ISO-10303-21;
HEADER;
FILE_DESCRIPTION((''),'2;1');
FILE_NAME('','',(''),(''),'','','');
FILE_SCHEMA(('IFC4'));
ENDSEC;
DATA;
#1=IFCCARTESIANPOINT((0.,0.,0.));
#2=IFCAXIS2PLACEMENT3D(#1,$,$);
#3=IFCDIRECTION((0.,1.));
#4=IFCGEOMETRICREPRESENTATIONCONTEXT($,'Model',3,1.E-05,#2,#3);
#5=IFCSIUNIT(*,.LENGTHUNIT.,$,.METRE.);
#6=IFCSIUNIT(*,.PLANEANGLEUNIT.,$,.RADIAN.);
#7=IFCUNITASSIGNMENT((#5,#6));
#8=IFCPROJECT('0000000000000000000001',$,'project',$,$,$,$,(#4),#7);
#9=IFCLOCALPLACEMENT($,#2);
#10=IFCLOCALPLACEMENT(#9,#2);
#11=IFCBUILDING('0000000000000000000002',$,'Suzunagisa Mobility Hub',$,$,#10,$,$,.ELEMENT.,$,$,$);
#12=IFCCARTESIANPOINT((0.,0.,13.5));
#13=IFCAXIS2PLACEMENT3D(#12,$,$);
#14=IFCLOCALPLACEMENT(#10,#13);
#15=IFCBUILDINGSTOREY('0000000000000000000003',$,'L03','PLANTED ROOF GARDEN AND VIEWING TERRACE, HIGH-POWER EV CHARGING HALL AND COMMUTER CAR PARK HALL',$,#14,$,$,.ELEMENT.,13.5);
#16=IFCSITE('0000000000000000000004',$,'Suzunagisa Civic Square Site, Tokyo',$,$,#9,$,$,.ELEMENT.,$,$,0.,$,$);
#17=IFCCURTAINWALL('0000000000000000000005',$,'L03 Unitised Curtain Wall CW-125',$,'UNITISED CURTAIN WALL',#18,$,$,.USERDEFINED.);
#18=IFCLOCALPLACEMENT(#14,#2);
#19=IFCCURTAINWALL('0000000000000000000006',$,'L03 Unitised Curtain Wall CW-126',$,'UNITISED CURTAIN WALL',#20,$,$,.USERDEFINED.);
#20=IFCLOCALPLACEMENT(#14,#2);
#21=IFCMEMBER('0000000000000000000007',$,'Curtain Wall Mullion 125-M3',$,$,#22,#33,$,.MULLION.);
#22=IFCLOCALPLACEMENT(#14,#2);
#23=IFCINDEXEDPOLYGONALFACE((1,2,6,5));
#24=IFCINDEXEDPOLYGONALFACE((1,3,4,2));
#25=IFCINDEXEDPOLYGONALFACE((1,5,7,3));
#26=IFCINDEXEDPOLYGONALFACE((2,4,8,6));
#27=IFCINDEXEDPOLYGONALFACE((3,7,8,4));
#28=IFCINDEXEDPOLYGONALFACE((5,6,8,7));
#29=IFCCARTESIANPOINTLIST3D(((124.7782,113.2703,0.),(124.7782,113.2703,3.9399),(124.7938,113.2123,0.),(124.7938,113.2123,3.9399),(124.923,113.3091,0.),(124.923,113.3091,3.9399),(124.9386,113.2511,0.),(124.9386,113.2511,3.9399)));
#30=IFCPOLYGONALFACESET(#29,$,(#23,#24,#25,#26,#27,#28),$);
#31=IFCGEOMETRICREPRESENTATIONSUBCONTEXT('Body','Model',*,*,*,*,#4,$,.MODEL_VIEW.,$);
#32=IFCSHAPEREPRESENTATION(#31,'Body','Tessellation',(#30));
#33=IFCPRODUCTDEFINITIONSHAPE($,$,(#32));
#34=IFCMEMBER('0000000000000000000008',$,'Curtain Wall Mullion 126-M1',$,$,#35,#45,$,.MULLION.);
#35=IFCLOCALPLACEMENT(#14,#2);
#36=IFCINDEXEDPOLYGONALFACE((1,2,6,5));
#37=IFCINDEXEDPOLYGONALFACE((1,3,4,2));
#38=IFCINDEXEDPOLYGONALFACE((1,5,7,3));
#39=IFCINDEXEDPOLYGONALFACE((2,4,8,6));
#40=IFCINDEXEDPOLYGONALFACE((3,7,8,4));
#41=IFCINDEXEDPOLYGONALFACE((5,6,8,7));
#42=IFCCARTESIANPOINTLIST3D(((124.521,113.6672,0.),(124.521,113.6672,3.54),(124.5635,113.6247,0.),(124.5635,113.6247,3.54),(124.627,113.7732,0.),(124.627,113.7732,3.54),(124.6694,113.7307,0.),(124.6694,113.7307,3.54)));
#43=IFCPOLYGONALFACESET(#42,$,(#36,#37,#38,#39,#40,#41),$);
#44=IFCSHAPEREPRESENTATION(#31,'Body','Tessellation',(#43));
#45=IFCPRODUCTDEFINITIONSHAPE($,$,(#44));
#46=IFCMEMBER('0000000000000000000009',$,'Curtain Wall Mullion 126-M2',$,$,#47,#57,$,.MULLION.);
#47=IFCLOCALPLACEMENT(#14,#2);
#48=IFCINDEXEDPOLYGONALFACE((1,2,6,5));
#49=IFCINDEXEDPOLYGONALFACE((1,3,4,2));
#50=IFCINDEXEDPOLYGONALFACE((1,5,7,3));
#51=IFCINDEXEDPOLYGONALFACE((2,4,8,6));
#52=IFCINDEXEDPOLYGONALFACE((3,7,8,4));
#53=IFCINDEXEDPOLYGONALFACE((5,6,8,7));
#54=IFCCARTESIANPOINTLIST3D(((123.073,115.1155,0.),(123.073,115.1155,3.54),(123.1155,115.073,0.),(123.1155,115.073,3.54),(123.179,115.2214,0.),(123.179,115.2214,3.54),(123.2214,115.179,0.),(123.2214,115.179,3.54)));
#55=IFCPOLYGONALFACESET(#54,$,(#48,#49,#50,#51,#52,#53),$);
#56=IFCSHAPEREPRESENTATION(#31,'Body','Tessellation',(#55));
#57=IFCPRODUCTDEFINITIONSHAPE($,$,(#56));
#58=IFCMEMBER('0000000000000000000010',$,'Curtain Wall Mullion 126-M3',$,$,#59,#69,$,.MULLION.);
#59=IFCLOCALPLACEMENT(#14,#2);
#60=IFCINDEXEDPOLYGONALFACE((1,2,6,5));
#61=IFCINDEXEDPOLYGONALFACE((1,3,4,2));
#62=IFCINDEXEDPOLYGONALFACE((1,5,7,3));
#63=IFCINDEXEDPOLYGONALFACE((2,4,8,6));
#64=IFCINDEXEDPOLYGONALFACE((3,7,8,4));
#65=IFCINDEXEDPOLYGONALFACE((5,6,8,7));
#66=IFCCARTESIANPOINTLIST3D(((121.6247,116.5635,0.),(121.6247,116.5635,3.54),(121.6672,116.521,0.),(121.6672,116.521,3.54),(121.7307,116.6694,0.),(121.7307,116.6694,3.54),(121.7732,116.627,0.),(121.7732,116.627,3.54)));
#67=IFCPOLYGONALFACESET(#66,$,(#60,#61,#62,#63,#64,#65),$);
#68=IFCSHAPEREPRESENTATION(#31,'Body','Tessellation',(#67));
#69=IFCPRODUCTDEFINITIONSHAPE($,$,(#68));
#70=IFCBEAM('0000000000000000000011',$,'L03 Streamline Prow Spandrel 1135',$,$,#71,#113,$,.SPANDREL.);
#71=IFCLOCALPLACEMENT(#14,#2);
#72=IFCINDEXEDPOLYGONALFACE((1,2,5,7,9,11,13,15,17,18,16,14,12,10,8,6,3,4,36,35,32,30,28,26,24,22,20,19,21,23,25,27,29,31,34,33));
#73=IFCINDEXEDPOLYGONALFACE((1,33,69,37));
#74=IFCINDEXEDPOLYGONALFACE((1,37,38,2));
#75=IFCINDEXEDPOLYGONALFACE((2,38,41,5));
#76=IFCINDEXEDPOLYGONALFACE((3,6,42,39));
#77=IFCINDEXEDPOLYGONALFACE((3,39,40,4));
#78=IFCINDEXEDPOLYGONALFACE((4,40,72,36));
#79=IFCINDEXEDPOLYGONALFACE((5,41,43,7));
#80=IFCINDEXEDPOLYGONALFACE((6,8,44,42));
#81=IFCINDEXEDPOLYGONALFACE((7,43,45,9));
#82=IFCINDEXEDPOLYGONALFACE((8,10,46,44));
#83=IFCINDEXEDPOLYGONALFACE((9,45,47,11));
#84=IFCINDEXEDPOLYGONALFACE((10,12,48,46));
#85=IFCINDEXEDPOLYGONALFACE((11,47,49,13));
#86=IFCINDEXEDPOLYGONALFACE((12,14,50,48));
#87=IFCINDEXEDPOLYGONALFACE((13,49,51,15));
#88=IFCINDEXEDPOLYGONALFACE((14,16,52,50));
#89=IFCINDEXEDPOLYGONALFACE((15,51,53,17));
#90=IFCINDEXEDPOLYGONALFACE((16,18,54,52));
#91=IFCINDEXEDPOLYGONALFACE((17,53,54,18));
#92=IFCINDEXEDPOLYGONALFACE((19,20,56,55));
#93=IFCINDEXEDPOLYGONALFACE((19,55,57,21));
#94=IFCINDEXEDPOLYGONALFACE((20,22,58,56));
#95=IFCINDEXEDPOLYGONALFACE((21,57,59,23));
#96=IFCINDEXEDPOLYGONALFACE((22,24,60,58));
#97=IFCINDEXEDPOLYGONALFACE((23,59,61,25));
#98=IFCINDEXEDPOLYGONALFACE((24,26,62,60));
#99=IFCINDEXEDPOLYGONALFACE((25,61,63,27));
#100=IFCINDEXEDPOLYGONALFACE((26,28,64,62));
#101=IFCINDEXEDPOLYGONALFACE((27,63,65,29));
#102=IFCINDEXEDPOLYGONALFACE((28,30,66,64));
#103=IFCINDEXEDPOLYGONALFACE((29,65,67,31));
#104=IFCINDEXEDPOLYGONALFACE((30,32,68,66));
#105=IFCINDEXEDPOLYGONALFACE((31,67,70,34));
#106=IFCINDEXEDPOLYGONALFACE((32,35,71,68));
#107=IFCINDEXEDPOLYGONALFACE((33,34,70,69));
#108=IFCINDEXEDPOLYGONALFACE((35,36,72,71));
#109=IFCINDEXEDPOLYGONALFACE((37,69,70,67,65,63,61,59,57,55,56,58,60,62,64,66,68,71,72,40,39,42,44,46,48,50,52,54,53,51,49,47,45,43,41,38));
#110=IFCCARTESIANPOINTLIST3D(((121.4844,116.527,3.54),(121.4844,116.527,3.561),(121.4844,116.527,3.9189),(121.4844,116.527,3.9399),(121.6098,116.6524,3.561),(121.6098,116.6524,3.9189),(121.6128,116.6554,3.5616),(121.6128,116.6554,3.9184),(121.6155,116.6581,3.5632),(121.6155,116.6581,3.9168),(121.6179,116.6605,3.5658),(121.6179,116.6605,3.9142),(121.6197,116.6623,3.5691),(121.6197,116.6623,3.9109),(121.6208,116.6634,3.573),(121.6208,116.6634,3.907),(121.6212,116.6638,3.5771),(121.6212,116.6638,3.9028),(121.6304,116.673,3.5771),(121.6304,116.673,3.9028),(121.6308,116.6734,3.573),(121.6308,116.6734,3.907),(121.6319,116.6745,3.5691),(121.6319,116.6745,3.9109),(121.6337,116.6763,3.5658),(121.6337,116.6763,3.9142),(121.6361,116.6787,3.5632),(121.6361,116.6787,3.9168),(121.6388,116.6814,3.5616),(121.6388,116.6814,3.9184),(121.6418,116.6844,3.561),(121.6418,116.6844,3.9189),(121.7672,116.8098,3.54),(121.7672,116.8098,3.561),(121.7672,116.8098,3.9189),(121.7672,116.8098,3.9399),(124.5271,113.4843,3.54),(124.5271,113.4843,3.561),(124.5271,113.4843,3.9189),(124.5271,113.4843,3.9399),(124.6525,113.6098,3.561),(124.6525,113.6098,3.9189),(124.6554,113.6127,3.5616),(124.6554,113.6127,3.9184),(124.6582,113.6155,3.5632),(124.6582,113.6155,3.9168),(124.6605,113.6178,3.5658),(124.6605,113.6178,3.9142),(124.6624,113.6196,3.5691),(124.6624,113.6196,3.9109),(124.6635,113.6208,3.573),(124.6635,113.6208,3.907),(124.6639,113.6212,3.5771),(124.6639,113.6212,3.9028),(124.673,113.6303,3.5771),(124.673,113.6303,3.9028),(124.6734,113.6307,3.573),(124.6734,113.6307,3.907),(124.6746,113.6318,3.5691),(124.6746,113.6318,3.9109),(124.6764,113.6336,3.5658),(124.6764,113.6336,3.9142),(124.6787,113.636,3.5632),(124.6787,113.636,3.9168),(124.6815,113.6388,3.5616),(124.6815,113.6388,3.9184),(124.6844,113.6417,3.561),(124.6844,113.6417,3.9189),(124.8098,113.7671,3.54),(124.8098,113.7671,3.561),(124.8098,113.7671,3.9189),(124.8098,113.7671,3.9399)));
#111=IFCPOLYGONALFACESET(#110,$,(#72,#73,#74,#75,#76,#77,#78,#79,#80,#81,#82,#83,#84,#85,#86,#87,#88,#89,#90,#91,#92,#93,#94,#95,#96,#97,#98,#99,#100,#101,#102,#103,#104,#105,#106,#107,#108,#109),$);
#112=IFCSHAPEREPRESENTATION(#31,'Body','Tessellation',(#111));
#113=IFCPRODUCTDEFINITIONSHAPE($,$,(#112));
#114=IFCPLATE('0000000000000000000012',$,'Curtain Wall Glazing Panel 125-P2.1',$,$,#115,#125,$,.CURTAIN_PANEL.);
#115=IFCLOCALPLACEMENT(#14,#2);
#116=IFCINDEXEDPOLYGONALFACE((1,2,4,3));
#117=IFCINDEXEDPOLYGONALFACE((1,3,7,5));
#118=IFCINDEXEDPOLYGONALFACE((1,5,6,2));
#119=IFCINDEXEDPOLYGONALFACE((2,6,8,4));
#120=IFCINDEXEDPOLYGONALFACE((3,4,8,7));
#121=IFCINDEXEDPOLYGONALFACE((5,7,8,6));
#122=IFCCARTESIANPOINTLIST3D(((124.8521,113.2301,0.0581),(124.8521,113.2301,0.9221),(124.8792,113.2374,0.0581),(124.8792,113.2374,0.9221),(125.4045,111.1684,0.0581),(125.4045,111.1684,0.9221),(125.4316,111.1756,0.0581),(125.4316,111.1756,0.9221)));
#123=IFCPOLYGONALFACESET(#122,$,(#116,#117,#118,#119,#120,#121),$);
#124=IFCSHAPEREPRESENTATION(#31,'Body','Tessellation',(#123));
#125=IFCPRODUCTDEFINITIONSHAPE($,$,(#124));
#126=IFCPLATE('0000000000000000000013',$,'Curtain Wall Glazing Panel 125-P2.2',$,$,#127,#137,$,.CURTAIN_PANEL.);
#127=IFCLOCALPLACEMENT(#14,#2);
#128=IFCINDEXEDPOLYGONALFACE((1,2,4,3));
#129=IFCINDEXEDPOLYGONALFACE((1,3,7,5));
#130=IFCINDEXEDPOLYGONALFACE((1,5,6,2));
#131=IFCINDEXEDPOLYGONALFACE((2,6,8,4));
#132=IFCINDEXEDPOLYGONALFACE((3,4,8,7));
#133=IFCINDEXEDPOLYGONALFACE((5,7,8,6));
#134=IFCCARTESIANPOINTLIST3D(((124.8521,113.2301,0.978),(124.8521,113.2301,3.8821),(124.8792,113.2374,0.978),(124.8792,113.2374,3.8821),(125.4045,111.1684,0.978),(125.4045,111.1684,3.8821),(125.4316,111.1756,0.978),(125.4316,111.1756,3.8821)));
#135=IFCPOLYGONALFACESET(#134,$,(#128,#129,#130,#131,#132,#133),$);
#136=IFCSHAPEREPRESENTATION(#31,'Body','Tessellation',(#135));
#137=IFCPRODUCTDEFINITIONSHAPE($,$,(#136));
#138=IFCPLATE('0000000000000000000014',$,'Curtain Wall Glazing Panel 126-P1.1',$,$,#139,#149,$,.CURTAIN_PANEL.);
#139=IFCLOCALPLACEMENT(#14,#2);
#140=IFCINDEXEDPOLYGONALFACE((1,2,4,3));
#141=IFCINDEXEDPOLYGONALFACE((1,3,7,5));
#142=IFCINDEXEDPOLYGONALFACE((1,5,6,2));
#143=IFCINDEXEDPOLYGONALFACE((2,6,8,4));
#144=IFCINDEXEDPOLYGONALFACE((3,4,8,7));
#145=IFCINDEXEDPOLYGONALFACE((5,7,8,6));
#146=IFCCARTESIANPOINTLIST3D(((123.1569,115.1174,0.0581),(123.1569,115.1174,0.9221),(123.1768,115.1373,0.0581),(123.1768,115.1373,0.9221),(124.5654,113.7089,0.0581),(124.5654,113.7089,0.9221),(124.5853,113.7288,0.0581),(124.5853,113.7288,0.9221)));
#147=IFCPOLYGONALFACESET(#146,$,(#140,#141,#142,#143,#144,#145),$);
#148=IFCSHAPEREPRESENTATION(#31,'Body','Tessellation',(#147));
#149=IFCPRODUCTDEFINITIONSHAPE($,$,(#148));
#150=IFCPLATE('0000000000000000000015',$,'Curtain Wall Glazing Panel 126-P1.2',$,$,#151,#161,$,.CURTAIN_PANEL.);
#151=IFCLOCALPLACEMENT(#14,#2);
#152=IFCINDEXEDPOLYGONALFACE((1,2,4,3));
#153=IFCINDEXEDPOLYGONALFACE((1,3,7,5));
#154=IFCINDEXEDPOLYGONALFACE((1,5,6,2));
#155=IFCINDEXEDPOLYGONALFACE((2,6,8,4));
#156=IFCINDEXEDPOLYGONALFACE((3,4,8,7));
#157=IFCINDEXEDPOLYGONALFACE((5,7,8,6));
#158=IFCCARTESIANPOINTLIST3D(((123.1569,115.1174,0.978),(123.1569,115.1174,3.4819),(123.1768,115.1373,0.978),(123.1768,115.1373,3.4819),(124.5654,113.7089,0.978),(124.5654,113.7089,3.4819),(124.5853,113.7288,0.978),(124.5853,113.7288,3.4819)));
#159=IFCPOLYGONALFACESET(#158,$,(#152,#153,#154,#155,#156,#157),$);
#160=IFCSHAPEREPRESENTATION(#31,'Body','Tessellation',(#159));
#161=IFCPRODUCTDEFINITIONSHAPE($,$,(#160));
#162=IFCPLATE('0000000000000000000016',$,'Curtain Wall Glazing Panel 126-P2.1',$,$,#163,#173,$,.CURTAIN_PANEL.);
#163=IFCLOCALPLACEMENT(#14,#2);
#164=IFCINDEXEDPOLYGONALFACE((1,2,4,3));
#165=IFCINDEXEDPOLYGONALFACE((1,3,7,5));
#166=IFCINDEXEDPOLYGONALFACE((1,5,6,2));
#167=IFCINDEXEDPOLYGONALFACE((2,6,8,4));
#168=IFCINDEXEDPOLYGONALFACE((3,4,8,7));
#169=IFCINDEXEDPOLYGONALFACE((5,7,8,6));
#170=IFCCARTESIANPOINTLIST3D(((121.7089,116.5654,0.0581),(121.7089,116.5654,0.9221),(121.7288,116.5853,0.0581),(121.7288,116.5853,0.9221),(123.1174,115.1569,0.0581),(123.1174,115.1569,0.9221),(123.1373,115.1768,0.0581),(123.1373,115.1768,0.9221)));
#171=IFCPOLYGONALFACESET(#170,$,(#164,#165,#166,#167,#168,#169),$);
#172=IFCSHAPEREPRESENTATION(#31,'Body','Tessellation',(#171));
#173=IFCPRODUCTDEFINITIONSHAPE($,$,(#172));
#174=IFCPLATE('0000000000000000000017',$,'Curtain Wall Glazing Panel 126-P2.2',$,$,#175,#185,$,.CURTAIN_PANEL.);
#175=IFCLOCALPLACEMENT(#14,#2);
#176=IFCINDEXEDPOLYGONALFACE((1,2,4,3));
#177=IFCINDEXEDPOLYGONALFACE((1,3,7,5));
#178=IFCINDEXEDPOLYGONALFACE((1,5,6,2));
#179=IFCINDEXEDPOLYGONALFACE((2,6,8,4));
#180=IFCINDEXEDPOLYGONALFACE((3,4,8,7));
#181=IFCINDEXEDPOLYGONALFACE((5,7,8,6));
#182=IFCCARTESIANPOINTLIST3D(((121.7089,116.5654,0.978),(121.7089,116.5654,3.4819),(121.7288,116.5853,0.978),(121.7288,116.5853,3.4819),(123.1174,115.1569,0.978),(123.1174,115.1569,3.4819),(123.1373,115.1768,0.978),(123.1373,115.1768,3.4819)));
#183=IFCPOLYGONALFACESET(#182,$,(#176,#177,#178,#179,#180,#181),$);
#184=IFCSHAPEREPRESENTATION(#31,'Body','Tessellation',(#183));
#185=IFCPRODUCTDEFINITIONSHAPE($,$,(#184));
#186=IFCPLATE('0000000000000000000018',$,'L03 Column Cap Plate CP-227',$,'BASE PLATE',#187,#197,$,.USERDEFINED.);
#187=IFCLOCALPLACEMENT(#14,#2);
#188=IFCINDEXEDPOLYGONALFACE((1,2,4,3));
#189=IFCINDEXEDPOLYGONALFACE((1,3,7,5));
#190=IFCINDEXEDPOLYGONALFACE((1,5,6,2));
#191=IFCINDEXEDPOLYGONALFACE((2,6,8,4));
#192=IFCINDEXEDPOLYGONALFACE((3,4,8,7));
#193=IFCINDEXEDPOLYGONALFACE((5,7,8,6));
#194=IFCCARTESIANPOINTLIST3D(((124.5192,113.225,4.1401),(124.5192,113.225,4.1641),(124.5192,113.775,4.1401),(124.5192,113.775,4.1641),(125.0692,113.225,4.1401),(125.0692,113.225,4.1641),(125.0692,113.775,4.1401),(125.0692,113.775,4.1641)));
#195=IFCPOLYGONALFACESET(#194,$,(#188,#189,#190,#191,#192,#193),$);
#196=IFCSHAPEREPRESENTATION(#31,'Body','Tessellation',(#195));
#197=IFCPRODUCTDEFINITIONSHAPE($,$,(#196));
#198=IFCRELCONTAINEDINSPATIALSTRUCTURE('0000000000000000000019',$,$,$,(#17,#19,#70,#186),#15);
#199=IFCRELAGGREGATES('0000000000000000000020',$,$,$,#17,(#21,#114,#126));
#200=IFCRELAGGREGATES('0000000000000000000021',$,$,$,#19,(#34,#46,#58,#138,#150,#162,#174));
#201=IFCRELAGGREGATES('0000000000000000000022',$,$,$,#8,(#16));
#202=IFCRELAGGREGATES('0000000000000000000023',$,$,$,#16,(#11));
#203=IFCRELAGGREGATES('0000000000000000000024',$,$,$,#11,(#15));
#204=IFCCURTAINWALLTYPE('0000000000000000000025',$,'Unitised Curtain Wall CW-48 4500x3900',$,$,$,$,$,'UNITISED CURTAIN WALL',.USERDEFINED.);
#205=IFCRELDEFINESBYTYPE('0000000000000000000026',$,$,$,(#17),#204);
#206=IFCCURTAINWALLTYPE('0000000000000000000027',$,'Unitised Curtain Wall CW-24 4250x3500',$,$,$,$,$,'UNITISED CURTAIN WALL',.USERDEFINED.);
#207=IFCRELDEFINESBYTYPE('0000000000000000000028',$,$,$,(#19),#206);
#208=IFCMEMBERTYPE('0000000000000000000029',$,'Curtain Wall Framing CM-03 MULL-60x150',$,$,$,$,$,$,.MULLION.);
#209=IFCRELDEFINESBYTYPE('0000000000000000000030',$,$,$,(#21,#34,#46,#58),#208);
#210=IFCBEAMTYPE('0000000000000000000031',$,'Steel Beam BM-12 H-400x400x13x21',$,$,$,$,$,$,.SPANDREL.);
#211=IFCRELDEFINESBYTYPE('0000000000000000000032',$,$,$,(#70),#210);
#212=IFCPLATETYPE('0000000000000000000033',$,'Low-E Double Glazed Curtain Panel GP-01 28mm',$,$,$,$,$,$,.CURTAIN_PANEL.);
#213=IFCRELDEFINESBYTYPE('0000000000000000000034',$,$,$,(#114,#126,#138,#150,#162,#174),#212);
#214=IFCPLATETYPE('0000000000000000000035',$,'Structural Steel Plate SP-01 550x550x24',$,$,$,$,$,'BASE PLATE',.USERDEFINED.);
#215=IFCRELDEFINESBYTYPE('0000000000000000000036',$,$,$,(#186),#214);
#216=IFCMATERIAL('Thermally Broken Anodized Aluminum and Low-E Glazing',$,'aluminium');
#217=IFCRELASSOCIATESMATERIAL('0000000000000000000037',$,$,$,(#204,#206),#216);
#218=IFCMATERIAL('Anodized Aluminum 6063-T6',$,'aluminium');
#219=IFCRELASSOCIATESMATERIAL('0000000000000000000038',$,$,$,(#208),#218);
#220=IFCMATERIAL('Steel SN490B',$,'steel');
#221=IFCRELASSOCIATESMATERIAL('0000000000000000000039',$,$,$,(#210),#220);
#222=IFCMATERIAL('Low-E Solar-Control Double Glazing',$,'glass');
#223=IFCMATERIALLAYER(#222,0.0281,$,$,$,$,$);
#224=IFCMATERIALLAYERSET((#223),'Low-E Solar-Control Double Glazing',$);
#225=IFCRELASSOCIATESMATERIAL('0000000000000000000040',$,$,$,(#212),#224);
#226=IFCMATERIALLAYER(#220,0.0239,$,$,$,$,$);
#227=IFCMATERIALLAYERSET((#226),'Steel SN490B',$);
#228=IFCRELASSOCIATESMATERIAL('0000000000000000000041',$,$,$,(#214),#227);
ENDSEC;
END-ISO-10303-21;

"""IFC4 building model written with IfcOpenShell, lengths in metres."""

from ifc_helpers import new_model, si_unit, direction, frame, origin, origin_2d, place, context, subcontext, project, spatial, rectangle, i_section, extrude, material, layer, layer_set, material_profile, profile_set, type_object, element, aggregate, save


model = new_model("IFC4")

# Units and contexts
model_context = context("Model", 3, precision=1e-05, world=origin(), true_north=direction((0.0, 1.0)))
body_context = subcontext(model_context, "Body", "Model", "MODEL_VIEW")
ifc_project = project(units=[si_unit("LENGTHUNIT", "METRE"), si_unit("PLANEANGLEUNIT", "RADIAN")], contexts=[model_context])

# Site, building, storey
site_placement = place(None, origin())
site = spatial("IfcSite", under=ifc_project, at=site_placement, Name="Suzunagisa Civic Square Site, Tokyo", CompositionType="ELEMENT", RefElevation=0.0)
building_placement = place(site_placement, origin())
building = spatial("IfcBuilding", under=site, at=building_placement, Name="Suzunagisa Mobility Hub", CompositionType="ELEMENT")
storey_placement = place(building_placement, frame((0.0, 0.0, 13.5)))
storey = spatial("IfcBuildingStorey", under=building, at=storey_placement, Name="L03", Description="PLANTED ROOF GARDEN AND VIEWING TERRACE, HIGH-POWER EV CHARGING HALL AND COMMUTER CAR PARK HALL", CompositionType="ELEMENT", Elevation=13.5)

# Shared definitions
ifc_material_1 = material(Name="Steel SN490B", Category="steel")

# Curtain walls
ifc_material_2 = material(Name="Thermally Broken Anodized Aluminum and Low-E Glazing", Category="aluminium")
curtain_wall_type_1 = type_object("IfcCurtainWallType", Name="Unitised Curtain Wall CW-48 4500x3900", ElementType="UNITISED CURTAIN WALL", PredefinedType="USERDEFINED", material=ifc_material_2)
curtain_wall_1_placement = place(storey_placement, origin())
curtain_wall_1 = element("IfcCurtainWall", 1, at=curtain_wall_1_placement, inside=storey, type_object=curtain_wall_type_1, Name="L03 Unitised Curtain Wall CW-125", ObjectType="UNITISED CURTAIN WALL", PredefinedType="USERDEFINED")
ifc_material_3 = material(Name="Anodized Aluminum 6063-T6", Category="aluminium")
curtain_wall_type_2 = type_object("IfcCurtainWallType", Name="Unitised Curtain Wall CW-24 4250x3500", ElementType="UNITISED CURTAIN WALL", PredefinedType="USERDEFINED", material=ifc_material_2)
curtain_wall_2_placement = place(storey_placement, origin())
curtain_wall_2 = element("IfcCurtainWall", 2, at=curtain_wall_2_placement, inside=storey, type_object=curtain_wall_type_2, Name="L03 Unitised Curtain Wall CW-126", ObjectType="UNITISED CURTAIN WALL", PredefinedType="USERDEFINED")

# Members
ifc_material_profile_1 = material_profile(ifc_material_3, rectangle(XDim=0.0601, YDim=0.1499, at=origin_2d()), Name="MULL-60x150")
ifc_profile_set_1 = profile_set([ifc_material_profile_1], Name="Anodized Aluminum 6063-T6")
member_type_1 = type_object("IfcMemberType", Name="Curtain Wall Framing CM-03 MULL-60x150", PredefinedType="MULLION", material=ifc_profile_set_1)
member_1_placement = place(storey_placement, frame((124.8584, 113.2607, 0.0), z_axis=(0.0, 0.0, 1.0), x_axis=(-0.258814, 0.965927, 0.0)))
member_1 = element("IfcMember", 3, at=member_1_placement, type_object=member_type_1, Name="Curtain Wall Mullion 125-M3", PredefinedType="MULLION", context=body_context, shape_type="SweptSolid", body=[
    extrude(rectangle(XDim=0.0601, YDim=0.1499, at=origin_2d()), origin(), (0.0, 0.0, 1.0), 3.9399),
])
member_2_placement = place(storey_placement, frame((124.5952, 113.699, 0.0), z_axis=(0.0, 0.0, 1.0), x_axis=(-0.707107, 0.707107, 0.0)))
member_2 = element("IfcMember", 4, at=member_2_placement, type_object=member_type_1, Name="Curtain Wall Mullion 126-M1", PredefinedType="MULLION", context=body_context, shape_type="SweptSolid", body=[
    extrude(rectangle(XDim=0.0601, YDim=0.1499, at=origin_2d()), origin(), (0.0, 0.0, 1.0), 3.54),
])
member_3_placement = place(storey_placement, frame((123.1472, 115.1472, 0.0), z_axis=(0.0, 0.0, 1.0), x_axis=(-0.707107, 0.707107, 0.0)))
member_3 = element("IfcMember", 5, at=member_3_placement, type_object=member_type_1, Name="Curtain Wall Mullion 126-M2", PredefinedType="MULLION", context=body_context, shape_type="SweptSolid", body=[
    extrude(rectangle(XDim=0.0601, YDim=0.1499, at=origin_2d()), origin(), (0.0, 0.0, 1.0), 3.54),
])
member_4_placement = place(storey_placement, frame((121.699, 116.5952, 0.0), z_axis=(0.0, 0.0, 1.0), x_axis=(-0.707107, 0.707107, 0.0)))
member_4 = element("IfcMember", 6, at=member_4_placement, type_object=member_type_1, Name="Curtain Wall Mullion 126-M3", PredefinedType="MULLION", context=body_context, shape_type="SweptSolid", body=[
    extrude(rectangle(XDim=0.0601, YDim=0.1499, at=origin_2d()), origin(), (0.0, 0.0, 1.0), 3.54),
])

# Beam
ifc_material_profile_2 = material_profile(ifc_material_1, i_section(OverallWidth=0.3999, OverallDepth=0.3999, WebThickness=0.0129, FlangeThickness=0.021, FilletRadius=0.0161, at=origin_2d()), Name="H-400x400x13x21")
ifc_profile_set_2 = profile_set([ifc_material_profile_2], Name="Steel SN490B")
beam_type = type_object("IfcBeamType", Name="Steel Beam BM-12 H-400x400x13x21", PredefinedType="SPANDREL", material=ifc_profile_set_2)
beam_placement = place(storey_placement, frame((124.6685, 113.6257, 3.74), z_axis=(-0.707107, 0.707107, 0.0), x_axis=(-0.707107, -0.707107, 0.0)))
element("IfcBeam", 7, at=beam_placement, inside=storey, type_object=beam_type, Name="L03 Streamline Prow Spandrel 1135", PredefinedType="SPANDREL", context=body_context, shape_type="SweptSolid", body=[
    extrude(i_section(OverallWidth=0.3999, OverallDepth=0.3999, WebThickness=0.0129, FlangeThickness=0.021, FilletRadius=0.0161, at=origin_2d()), origin(), (0.0, 0.0, 1.0), 4.303),
])

# Plates
ifc_material_4 = material(Name="Low-E Solar-Control Double Glazing", Category="glass")
ifc_layer_1 = layer(ifc_material_4, 0.0281)
ifc_layer_set_1 = layer_set([ifc_layer_1], Name="Low-E Solar-Control Double Glazing")
plate_type_1 = type_object("IfcPlateType", Name="Low-E Double Glazed Curtain Panel GP-01 28mm", PredefinedType="CURTAIN_PANEL", material=ifc_layer_set_1)
plate_1_placement = place(storey_placement, frame((125.1418, 112.2029, 0.0581), z_axis=(0.0, 0.0, 1.0), x_axis=(-0.258814, 0.965927, 0.0)))
plate_1 = element("IfcPlate", 8, at=plate_1_placement, type_object=plate_type_1, Name="Curtain Wall Glazing Panel 125-P2.1", PredefinedType="CURTAIN_PANEL", context=body_context, shape_type="SweptSolid", body=[
    extrude(rectangle(XDim=2.1345, YDim=0.0281, at=origin_2d()), origin(), (0.0, 0.0, 1.0), 0.864),
])
plate_2_placement = place(storey_placement, frame((125.1418, 112.2029, 0.978), z_axis=(0.0, 0.0, 1.0), x_axis=(-0.258814, 0.965927, 0.0)))
plate_2 = element("IfcPlate", 9, at=plate_2_placement, type_object=plate_type_1, Name="Curtain Wall Glazing Panel 125-P2.2", PredefinedType="CURTAIN_PANEL", context=body_context, shape_type="SweptSolid", body=[
    extrude(rectangle(XDim=2.1345, YDim=0.0281, at=origin_2d()), origin(), (0.0, 0.0, 1.0), 2.9041),
])
aggregate(curtain_wall_1, [member_1, plate_1, plate_2])
plate_3_placement = place(storey_placement, frame((123.8711, 114.4231, 0.0581), z_axis=(0.0, 0.0, 1.0), x_axis=(-0.707107, 0.707107, 0.0)))
plate_3 = element("IfcPlate", 10, at=plate_3_placement, type_object=plate_type_1, Name="Curtain Wall Glazing Panel 126-P1.1", PredefinedType="CURTAIN_PANEL", context=body_context, shape_type="SweptSolid", body=[
    extrude(rectangle(XDim=1.9919, YDim=0.0281, at=origin_2d()), origin(), (0.0, 0.0, 1.0), 0.864),
])
plate_4_placement = place(storey_placement, frame((123.8711, 114.4231, 0.978), z_axis=(0.0, 0.0, 1.0), x_axis=(-0.707107, 0.707107, 0.0)))
plate_4 = element("IfcPlate", 11, at=plate_4_placement, type_object=plate_type_1, Name="Curtain Wall Glazing Panel 126-P1.2", PredefinedType="CURTAIN_PANEL", context=body_context, shape_type="SweptSolid", body=[
    extrude(rectangle(XDim=1.9919, YDim=0.0281, at=origin_2d()), origin(), (0.0, 0.0, 1.0), 2.5039),
])
plate_5_placement = place(storey_placement, frame((122.4231, 115.8711, 0.0581), z_axis=(0.0, 0.0, 1.0), x_axis=(-0.707107, 0.707107, 0.0)))
plate_5 = element("IfcPlate", 12, at=plate_5_placement, type_object=plate_type_1, Name="Curtain Wall Glazing Panel 126-P2.1", PredefinedType="CURTAIN_PANEL", context=body_context, shape_type="SweptSolid", body=[
    extrude(rectangle(XDim=1.9919, YDim=0.0281, at=origin_2d()), origin(), (0.0, 0.0, 1.0), 0.864),
])
plate_6_placement = place(storey_placement, frame((122.4231, 115.8711, 0.978), z_axis=(0.0, 0.0, 1.0), x_axis=(-0.707107, 0.707107, 0.0)))
plate_6 = element("IfcPlate", 13, at=plate_6_placement, type_object=plate_type_1, Name="Curtain Wall Glazing Panel 126-P2.2", PredefinedType="CURTAIN_PANEL", context=body_context, shape_type="SweptSolid", body=[
    extrude(rectangle(XDim=1.9919, YDim=0.0281, at=origin_2d()), origin(), (0.0, 0.0, 1.0), 2.5039),
])
aggregate(curtain_wall_2, [member_2, member_3, member_4, plate_3, plate_4, plate_5, plate_6])
ifc_layer_2 = layer(ifc_material_1, 0.0239)
ifc_layer_set_2 = layer_set([ifc_layer_2], Name="Steel SN490B")
plate_type_2 = type_object("IfcPlateType", Name="Structural Steel Plate SP-01 550x550x24", ElementType="BASE PLATE", PredefinedType="USERDEFINED", material=ifc_layer_set_2)
plate_7_placement = place(storey_placement, frame((124.7942, 113.5, 4.1401), z_axis=(0.0, 0.0, 1.0), x_axis=(1.0, 0.0, 0.0)))
element("IfcPlate", 14, at=plate_7_placement, inside=storey, type_object=plate_type_2, Name="L03 Column Cap Plate CP-227", ObjectType="BASE PLATE", PredefinedType="USERDEFINED", context=body_context, shape_type="SweptSolid", body=[
    extrude(rectangle(XDim=0.55, YDim=0.55, at=origin_2d()), origin(), (0.0, 0.0, 1.0), 0.0239),
])

save(model, "model.ifc")
